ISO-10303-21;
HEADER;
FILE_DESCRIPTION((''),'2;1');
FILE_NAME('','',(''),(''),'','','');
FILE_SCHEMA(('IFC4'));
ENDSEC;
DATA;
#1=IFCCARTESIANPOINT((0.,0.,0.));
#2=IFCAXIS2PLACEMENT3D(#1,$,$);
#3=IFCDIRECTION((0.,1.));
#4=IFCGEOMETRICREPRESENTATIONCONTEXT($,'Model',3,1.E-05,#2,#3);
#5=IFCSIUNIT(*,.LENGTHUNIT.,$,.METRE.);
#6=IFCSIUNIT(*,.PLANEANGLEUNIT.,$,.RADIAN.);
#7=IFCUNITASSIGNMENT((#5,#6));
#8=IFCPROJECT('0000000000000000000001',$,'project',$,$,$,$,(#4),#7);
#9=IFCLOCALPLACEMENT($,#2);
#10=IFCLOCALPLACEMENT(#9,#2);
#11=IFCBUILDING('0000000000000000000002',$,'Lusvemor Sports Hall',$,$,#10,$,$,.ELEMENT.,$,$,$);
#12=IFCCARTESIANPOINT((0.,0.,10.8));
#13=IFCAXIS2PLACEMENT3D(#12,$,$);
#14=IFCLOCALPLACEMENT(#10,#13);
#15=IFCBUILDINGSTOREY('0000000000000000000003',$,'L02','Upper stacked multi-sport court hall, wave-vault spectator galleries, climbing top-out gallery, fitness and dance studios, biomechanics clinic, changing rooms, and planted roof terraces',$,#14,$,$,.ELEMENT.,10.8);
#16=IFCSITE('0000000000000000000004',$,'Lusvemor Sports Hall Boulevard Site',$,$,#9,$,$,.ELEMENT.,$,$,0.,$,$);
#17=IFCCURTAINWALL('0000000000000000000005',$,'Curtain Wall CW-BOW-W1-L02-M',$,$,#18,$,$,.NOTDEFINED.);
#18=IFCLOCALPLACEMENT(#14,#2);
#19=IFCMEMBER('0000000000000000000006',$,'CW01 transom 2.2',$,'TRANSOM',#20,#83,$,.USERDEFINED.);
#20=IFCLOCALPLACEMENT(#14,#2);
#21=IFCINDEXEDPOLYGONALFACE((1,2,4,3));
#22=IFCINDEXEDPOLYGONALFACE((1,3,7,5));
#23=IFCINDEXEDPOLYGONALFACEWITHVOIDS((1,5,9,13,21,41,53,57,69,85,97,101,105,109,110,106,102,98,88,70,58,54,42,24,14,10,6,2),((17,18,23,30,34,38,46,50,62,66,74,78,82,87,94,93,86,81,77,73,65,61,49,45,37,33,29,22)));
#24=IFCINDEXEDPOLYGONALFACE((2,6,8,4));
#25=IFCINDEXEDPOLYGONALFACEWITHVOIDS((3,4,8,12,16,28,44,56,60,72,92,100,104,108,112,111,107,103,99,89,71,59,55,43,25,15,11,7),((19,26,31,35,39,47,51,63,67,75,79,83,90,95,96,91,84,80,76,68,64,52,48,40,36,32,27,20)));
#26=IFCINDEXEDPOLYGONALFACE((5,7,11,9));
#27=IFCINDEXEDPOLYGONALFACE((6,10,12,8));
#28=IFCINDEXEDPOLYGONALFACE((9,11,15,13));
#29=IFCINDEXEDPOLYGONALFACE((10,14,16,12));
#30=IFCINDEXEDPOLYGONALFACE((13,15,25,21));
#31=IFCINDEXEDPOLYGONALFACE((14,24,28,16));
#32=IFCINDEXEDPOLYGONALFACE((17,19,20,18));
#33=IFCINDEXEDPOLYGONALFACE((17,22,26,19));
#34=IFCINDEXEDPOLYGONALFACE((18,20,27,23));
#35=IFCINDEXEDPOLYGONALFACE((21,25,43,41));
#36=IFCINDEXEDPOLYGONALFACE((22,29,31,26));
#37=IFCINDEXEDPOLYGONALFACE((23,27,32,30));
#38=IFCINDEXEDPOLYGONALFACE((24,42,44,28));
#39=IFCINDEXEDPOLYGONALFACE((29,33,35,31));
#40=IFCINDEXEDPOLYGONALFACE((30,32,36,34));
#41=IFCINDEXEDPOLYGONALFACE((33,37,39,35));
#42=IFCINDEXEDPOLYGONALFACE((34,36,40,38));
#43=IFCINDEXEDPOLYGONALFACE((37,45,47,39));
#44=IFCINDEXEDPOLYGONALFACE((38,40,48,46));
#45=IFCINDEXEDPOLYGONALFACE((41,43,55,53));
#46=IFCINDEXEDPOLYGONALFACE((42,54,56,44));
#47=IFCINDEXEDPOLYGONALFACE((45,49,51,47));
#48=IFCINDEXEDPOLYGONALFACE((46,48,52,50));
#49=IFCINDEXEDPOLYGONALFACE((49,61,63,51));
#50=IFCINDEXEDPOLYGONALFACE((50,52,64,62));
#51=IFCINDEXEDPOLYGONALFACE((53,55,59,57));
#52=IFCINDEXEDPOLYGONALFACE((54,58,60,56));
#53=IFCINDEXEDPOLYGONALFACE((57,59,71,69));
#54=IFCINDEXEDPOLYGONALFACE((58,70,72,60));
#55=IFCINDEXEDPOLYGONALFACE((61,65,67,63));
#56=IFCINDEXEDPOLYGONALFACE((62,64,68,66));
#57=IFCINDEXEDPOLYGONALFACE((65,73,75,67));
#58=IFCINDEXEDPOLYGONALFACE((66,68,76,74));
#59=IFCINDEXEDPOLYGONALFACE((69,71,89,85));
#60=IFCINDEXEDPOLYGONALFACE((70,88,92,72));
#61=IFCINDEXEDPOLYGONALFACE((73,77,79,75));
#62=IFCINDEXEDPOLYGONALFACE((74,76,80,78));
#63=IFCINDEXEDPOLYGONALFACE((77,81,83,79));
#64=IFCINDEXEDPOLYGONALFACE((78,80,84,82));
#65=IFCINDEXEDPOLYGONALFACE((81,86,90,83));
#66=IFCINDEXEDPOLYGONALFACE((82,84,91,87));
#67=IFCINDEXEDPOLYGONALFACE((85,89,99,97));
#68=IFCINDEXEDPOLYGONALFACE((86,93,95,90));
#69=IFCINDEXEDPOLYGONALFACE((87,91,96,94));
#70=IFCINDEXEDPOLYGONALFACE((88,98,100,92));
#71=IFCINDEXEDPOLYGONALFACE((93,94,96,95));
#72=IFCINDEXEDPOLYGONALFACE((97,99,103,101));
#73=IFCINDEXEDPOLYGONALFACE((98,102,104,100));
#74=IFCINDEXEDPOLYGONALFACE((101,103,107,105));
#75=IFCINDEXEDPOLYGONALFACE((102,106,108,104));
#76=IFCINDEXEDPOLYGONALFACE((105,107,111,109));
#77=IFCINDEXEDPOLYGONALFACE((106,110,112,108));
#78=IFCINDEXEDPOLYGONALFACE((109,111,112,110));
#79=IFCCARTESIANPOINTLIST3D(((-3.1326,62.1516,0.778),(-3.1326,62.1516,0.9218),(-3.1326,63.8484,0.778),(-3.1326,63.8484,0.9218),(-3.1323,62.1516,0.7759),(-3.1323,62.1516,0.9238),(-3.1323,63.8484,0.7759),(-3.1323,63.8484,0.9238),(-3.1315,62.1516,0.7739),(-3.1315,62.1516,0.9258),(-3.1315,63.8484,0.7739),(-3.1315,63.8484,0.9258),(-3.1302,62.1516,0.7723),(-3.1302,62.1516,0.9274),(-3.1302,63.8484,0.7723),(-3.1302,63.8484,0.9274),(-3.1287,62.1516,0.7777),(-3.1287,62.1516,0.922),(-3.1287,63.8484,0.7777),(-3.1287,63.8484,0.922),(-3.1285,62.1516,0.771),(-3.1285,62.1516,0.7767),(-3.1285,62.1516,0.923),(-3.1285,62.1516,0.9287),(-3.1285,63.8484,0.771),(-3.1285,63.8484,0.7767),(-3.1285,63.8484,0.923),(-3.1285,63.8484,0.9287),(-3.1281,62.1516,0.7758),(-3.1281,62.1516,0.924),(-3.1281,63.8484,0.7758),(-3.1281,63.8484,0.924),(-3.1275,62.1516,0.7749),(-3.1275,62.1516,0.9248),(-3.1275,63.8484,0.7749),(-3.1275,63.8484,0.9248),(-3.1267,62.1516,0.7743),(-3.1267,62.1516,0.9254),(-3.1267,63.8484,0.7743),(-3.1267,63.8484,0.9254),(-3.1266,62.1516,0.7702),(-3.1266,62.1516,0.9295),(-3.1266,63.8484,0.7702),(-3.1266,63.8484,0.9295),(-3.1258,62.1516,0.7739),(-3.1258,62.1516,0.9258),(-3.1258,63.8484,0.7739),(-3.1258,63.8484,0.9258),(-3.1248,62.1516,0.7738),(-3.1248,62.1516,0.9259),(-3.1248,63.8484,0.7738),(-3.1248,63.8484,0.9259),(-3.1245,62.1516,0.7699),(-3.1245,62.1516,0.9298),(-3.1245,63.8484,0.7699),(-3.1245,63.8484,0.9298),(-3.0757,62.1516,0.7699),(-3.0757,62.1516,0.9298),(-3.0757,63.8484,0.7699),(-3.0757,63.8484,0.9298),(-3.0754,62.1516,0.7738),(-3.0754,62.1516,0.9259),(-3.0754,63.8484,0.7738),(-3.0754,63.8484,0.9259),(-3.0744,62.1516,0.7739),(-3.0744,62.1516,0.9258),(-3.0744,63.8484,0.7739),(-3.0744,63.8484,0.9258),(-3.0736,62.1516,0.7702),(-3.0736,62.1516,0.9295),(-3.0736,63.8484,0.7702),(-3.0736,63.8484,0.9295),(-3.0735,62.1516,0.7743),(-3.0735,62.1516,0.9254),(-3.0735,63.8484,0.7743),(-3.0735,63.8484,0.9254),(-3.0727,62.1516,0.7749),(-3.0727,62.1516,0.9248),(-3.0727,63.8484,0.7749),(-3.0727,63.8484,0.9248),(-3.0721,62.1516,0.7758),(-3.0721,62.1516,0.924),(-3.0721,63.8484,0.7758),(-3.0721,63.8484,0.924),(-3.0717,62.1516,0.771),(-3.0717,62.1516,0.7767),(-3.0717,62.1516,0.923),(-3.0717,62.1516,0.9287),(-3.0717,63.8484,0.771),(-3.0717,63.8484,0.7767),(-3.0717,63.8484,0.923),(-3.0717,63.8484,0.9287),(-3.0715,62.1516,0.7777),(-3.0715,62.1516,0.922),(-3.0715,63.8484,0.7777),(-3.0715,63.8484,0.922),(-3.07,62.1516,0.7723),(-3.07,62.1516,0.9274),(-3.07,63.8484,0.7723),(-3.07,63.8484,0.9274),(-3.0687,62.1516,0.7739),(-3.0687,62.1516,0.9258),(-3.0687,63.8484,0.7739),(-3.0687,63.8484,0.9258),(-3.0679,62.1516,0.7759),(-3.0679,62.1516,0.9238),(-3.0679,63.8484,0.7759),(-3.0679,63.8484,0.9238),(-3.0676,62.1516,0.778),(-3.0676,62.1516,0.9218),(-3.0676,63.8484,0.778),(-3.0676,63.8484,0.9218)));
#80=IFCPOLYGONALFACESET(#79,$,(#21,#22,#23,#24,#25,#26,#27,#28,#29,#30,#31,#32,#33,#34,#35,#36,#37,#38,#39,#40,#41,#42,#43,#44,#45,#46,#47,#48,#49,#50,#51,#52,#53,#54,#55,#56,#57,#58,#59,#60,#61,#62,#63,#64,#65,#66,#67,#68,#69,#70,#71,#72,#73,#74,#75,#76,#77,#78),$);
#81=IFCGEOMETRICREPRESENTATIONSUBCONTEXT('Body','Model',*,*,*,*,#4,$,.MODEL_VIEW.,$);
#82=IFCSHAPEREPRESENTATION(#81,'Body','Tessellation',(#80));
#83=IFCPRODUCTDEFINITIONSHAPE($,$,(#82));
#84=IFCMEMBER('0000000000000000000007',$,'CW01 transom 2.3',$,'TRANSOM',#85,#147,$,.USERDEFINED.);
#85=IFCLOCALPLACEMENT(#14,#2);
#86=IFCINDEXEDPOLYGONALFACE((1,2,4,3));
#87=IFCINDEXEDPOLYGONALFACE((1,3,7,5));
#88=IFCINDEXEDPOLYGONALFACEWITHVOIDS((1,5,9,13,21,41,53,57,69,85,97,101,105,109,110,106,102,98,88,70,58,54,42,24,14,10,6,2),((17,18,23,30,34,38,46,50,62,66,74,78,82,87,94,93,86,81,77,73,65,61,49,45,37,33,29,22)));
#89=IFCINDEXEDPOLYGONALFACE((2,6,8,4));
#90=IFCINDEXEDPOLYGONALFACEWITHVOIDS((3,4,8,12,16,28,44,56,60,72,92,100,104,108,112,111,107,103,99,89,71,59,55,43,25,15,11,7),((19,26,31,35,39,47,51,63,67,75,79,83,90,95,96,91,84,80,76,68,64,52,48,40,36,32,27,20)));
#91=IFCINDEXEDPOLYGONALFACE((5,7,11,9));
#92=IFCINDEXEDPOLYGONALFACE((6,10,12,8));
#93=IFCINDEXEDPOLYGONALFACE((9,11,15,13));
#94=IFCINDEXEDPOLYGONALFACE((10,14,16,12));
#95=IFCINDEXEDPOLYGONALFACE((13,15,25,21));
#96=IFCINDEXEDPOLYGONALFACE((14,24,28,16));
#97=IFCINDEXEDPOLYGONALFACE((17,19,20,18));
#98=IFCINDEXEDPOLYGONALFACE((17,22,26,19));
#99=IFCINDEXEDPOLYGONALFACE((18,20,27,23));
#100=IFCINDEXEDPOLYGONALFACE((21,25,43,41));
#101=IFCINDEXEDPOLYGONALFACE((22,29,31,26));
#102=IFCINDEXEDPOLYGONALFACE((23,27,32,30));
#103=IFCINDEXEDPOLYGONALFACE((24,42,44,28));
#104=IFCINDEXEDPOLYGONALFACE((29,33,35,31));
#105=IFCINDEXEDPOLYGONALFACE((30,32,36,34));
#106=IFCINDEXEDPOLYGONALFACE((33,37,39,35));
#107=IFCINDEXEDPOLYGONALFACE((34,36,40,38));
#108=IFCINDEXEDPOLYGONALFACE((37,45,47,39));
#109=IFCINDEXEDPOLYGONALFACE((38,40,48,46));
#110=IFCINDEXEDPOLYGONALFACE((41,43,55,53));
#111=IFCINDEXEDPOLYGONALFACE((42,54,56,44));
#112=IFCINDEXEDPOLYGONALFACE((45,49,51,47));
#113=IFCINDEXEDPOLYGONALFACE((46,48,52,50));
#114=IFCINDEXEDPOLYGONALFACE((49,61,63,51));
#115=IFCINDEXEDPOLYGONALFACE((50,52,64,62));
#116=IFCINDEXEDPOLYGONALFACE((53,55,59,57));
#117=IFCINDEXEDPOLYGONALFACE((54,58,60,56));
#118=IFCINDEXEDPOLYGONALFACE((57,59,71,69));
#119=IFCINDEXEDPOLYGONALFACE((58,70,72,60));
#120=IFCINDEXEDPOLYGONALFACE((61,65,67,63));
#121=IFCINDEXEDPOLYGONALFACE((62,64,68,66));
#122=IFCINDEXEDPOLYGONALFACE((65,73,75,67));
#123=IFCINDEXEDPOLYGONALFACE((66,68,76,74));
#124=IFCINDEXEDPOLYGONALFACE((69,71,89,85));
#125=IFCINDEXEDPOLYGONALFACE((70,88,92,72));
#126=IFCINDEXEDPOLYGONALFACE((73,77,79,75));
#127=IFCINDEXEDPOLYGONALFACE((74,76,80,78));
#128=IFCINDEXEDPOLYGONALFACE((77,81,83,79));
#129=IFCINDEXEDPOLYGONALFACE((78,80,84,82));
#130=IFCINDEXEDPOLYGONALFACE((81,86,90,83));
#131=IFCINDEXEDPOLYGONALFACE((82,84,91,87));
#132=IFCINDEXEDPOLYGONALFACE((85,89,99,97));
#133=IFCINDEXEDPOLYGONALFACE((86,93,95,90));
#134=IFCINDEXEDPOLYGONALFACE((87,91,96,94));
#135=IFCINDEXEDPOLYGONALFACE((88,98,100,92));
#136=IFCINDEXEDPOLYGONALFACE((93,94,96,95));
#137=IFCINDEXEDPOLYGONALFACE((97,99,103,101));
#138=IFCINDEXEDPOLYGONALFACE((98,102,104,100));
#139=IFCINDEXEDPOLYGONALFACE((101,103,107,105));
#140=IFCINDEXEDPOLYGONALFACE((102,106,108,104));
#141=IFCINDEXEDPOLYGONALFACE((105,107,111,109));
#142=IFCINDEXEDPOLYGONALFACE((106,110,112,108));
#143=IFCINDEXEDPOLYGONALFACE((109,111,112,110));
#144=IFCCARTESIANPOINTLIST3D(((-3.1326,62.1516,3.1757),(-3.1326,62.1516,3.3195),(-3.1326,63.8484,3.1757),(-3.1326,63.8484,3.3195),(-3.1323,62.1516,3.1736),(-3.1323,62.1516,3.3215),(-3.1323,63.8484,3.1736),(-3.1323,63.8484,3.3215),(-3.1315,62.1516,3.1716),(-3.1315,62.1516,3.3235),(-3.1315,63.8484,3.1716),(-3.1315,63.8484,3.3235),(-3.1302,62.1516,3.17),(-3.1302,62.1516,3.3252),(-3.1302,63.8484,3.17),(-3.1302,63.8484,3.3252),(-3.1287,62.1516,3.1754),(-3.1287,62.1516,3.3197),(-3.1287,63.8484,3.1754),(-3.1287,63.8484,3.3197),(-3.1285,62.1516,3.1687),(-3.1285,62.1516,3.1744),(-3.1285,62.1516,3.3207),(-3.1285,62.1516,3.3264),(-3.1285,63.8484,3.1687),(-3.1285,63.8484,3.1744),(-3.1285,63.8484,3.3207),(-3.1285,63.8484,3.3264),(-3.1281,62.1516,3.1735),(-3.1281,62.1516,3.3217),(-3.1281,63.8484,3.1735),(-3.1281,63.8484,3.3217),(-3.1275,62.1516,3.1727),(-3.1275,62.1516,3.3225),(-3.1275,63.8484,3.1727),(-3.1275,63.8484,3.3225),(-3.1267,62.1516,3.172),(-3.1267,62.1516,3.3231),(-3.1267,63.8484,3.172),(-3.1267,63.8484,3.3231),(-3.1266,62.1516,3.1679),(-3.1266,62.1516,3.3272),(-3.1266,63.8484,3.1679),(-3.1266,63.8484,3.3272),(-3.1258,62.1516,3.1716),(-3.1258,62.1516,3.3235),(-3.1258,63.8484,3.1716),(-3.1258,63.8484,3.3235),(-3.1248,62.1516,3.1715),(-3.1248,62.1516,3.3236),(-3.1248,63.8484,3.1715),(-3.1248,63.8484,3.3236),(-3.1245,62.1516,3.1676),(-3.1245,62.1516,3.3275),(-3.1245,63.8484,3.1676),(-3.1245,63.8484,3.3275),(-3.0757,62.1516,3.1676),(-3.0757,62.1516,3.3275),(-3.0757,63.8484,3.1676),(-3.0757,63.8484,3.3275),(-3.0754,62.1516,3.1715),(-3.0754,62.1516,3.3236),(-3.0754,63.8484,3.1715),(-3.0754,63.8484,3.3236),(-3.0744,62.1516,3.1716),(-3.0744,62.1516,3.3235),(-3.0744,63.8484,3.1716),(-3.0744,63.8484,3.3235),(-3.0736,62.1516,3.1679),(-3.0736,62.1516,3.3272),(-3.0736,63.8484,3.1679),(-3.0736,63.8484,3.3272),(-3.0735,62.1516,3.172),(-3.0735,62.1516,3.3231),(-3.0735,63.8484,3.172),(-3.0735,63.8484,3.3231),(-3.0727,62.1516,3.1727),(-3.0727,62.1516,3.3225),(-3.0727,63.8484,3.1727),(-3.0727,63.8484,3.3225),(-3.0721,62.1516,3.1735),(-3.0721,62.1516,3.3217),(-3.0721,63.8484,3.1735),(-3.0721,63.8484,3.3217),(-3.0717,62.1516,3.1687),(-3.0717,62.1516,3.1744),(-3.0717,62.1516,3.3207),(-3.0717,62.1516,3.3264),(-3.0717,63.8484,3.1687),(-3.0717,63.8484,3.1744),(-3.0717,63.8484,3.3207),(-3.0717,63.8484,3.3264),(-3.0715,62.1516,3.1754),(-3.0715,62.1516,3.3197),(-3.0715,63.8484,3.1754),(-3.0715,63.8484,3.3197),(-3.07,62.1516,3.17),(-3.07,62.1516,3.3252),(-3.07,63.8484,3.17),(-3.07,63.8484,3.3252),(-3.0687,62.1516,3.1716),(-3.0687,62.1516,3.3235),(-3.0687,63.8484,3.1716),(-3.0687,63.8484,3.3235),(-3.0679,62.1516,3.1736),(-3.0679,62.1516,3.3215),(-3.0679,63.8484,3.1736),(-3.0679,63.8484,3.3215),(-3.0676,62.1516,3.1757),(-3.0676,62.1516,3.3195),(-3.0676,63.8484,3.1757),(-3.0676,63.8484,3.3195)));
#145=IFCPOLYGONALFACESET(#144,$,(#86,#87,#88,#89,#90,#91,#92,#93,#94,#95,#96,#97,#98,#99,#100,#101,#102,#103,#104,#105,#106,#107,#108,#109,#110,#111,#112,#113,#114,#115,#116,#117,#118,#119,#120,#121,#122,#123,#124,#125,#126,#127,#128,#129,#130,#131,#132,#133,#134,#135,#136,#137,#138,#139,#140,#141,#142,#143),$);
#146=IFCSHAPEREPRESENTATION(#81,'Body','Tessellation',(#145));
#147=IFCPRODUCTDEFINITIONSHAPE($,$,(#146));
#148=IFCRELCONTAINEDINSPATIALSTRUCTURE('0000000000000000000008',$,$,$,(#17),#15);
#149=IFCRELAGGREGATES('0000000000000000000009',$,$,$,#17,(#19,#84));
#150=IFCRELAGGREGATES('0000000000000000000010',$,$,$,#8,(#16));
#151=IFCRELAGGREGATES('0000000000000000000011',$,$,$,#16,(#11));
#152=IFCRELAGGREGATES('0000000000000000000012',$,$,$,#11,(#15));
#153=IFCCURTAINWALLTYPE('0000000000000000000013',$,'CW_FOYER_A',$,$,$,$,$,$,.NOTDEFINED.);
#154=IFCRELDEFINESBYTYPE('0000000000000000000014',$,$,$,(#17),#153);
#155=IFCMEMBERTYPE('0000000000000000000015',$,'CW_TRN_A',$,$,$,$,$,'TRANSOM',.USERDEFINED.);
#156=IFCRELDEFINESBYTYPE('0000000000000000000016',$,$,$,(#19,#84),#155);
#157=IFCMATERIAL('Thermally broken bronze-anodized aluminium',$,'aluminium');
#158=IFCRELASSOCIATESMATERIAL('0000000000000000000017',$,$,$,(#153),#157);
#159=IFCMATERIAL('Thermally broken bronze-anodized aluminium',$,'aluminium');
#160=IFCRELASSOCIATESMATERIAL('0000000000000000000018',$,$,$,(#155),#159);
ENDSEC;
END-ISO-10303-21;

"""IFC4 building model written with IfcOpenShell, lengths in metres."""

from ifc_helpers import new_model, si_unit, direction, frame, origin, origin_2d, place, context, subcontext, project, spatial, hollow_rectangle, extrude, material, material_profile, profile_set, type_object, element, aggregate, save


model = new_model("IFC4")

# Units and contexts
model_context = context("Model", 3, precision=1e-05, world=origin(), true_north=direction((0.0, 1.0)))
body_context = subcontext(model_context, "Body", "Model", "MODEL_VIEW")
ifc_project = project(units=[si_unit("LENGTHUNIT", "METRE"), si_unit("PLANEANGLEUNIT", "RADIAN")], contexts=[model_context])

# Site, building, storey
site_placement = place(None, origin())
site = spatial("IfcSite", under=ifc_project, at=site_placement, Name="Lusvemor Sports Hall Boulevard Site", CompositionType="ELEMENT", RefElevation=0.0)
building_placement = place(site_placement, origin())
building = spatial("IfcBuilding", under=site, at=building_placement, Name="Lusvemor Sports Hall", CompositionType="ELEMENT")
storey_placement = place(building_placement, frame((0.0, 0.0, 10.8)))
storey = spatial("IfcBuildingStorey", under=building, at=storey_placement, Name="L02", Description="Upper stacked multi-sport court hall, wave-vault spectator galleries, climbing top-out gallery, fitness and dance studios, biomechanics clinic, changing rooms, and planted roof terraces", CompositionType="ELEMENT", Elevation=10.8)

# Curtain wall
ifc_material_1 = material(Name="Thermally broken bronze-anodized aluminium", Category="aluminium")
curtain_wall_type_1 = type_object("IfcCurtainWallType", Name="CW_FOYER_A", PredefinedType="NOTDEFINED", material=ifc_material_1)
curtain_wall_1_placement = place(storey_placement, origin())
curtain_wall_1 = element("IfcCurtainWall", 1, at=curtain_wall_1_placement, inside=storey, type_object=curtain_wall_type_1, Name="Curtain Wall CW-BOW-W1-L02-M", PredefinedType="NOTDEFINED")

# Members
ifc_material_2 = material(Name="Thermally broken bronze-anodized aluminium", Category="aluminium")
ifc_material_profile_1 = material_profile(ifc_material_2, hollow_rectangle(XDim=0.0649, YDim=0.1599, WallThickness=0.0039, InnerFilletRadius=0.0039, OuterFilletRadius=0.0081, at=origin_2d()), Name="CWTRN160x65x4")
ifc_profile_set_1 = profile_set([ifc_material_profile_1], Name="Thermally broken bronze-anodized aluminium")
member_type_1 = type_object("IfcMemberType", Name="CW_TRN_A", ElementType="TRANSOM", PredefinedType="USERDEFINED", material=ifc_profile_set_1)
member_1_placement = place(storey_placement, frame((-3.1001, 62.1516, 0.8499), z_axis=(0.0, 1.0, 0.0), x_axis=(-1.0, 0.0, 0.0)))
member_1 = element("IfcMember", 2, at=member_1_placement, type_object=member_type_1, Name="CW01 transom 2.2", ObjectType="TRANSOM", PredefinedType="USERDEFINED", context=body_context, shape_type="SweptSolid", body=[
    extrude(hollow_rectangle(XDim=0.0649, YDim=0.1599, WallThickness=0.0039, InnerFilletRadius=0.0039, OuterFilletRadius=0.0081, at=origin_2d()), origin(), (0.0, 0.0, 1.0), 1.6968),
])
member_2_placement = place(storey_placement, frame((-3.1001, 62.1516, 3.2476), z_axis=(0.0, 1.0, 0.0), x_axis=(-1.0, 0.0, 0.0)))
member_2 = element("IfcMember", 3, at=member_2_placement, type_object=member_type_1, Name="CW01 transom 2.3", ObjectType="TRANSOM", PredefinedType="USERDEFINED", context=body_context, shape_type="SweptSolid", body=[
    extrude(hollow_rectangle(XDim=0.0649, YDim=0.1599, WallThickness=0.0039, InnerFilletRadius=0.0039, OuterFilletRadius=0.0081, at=origin_2d()), origin(), (0.0, 0.0, 1.0), 1.6968),
])

aggregate(curtain_wall_1, [member_1, member_2])

save(model, "model.ifc")
